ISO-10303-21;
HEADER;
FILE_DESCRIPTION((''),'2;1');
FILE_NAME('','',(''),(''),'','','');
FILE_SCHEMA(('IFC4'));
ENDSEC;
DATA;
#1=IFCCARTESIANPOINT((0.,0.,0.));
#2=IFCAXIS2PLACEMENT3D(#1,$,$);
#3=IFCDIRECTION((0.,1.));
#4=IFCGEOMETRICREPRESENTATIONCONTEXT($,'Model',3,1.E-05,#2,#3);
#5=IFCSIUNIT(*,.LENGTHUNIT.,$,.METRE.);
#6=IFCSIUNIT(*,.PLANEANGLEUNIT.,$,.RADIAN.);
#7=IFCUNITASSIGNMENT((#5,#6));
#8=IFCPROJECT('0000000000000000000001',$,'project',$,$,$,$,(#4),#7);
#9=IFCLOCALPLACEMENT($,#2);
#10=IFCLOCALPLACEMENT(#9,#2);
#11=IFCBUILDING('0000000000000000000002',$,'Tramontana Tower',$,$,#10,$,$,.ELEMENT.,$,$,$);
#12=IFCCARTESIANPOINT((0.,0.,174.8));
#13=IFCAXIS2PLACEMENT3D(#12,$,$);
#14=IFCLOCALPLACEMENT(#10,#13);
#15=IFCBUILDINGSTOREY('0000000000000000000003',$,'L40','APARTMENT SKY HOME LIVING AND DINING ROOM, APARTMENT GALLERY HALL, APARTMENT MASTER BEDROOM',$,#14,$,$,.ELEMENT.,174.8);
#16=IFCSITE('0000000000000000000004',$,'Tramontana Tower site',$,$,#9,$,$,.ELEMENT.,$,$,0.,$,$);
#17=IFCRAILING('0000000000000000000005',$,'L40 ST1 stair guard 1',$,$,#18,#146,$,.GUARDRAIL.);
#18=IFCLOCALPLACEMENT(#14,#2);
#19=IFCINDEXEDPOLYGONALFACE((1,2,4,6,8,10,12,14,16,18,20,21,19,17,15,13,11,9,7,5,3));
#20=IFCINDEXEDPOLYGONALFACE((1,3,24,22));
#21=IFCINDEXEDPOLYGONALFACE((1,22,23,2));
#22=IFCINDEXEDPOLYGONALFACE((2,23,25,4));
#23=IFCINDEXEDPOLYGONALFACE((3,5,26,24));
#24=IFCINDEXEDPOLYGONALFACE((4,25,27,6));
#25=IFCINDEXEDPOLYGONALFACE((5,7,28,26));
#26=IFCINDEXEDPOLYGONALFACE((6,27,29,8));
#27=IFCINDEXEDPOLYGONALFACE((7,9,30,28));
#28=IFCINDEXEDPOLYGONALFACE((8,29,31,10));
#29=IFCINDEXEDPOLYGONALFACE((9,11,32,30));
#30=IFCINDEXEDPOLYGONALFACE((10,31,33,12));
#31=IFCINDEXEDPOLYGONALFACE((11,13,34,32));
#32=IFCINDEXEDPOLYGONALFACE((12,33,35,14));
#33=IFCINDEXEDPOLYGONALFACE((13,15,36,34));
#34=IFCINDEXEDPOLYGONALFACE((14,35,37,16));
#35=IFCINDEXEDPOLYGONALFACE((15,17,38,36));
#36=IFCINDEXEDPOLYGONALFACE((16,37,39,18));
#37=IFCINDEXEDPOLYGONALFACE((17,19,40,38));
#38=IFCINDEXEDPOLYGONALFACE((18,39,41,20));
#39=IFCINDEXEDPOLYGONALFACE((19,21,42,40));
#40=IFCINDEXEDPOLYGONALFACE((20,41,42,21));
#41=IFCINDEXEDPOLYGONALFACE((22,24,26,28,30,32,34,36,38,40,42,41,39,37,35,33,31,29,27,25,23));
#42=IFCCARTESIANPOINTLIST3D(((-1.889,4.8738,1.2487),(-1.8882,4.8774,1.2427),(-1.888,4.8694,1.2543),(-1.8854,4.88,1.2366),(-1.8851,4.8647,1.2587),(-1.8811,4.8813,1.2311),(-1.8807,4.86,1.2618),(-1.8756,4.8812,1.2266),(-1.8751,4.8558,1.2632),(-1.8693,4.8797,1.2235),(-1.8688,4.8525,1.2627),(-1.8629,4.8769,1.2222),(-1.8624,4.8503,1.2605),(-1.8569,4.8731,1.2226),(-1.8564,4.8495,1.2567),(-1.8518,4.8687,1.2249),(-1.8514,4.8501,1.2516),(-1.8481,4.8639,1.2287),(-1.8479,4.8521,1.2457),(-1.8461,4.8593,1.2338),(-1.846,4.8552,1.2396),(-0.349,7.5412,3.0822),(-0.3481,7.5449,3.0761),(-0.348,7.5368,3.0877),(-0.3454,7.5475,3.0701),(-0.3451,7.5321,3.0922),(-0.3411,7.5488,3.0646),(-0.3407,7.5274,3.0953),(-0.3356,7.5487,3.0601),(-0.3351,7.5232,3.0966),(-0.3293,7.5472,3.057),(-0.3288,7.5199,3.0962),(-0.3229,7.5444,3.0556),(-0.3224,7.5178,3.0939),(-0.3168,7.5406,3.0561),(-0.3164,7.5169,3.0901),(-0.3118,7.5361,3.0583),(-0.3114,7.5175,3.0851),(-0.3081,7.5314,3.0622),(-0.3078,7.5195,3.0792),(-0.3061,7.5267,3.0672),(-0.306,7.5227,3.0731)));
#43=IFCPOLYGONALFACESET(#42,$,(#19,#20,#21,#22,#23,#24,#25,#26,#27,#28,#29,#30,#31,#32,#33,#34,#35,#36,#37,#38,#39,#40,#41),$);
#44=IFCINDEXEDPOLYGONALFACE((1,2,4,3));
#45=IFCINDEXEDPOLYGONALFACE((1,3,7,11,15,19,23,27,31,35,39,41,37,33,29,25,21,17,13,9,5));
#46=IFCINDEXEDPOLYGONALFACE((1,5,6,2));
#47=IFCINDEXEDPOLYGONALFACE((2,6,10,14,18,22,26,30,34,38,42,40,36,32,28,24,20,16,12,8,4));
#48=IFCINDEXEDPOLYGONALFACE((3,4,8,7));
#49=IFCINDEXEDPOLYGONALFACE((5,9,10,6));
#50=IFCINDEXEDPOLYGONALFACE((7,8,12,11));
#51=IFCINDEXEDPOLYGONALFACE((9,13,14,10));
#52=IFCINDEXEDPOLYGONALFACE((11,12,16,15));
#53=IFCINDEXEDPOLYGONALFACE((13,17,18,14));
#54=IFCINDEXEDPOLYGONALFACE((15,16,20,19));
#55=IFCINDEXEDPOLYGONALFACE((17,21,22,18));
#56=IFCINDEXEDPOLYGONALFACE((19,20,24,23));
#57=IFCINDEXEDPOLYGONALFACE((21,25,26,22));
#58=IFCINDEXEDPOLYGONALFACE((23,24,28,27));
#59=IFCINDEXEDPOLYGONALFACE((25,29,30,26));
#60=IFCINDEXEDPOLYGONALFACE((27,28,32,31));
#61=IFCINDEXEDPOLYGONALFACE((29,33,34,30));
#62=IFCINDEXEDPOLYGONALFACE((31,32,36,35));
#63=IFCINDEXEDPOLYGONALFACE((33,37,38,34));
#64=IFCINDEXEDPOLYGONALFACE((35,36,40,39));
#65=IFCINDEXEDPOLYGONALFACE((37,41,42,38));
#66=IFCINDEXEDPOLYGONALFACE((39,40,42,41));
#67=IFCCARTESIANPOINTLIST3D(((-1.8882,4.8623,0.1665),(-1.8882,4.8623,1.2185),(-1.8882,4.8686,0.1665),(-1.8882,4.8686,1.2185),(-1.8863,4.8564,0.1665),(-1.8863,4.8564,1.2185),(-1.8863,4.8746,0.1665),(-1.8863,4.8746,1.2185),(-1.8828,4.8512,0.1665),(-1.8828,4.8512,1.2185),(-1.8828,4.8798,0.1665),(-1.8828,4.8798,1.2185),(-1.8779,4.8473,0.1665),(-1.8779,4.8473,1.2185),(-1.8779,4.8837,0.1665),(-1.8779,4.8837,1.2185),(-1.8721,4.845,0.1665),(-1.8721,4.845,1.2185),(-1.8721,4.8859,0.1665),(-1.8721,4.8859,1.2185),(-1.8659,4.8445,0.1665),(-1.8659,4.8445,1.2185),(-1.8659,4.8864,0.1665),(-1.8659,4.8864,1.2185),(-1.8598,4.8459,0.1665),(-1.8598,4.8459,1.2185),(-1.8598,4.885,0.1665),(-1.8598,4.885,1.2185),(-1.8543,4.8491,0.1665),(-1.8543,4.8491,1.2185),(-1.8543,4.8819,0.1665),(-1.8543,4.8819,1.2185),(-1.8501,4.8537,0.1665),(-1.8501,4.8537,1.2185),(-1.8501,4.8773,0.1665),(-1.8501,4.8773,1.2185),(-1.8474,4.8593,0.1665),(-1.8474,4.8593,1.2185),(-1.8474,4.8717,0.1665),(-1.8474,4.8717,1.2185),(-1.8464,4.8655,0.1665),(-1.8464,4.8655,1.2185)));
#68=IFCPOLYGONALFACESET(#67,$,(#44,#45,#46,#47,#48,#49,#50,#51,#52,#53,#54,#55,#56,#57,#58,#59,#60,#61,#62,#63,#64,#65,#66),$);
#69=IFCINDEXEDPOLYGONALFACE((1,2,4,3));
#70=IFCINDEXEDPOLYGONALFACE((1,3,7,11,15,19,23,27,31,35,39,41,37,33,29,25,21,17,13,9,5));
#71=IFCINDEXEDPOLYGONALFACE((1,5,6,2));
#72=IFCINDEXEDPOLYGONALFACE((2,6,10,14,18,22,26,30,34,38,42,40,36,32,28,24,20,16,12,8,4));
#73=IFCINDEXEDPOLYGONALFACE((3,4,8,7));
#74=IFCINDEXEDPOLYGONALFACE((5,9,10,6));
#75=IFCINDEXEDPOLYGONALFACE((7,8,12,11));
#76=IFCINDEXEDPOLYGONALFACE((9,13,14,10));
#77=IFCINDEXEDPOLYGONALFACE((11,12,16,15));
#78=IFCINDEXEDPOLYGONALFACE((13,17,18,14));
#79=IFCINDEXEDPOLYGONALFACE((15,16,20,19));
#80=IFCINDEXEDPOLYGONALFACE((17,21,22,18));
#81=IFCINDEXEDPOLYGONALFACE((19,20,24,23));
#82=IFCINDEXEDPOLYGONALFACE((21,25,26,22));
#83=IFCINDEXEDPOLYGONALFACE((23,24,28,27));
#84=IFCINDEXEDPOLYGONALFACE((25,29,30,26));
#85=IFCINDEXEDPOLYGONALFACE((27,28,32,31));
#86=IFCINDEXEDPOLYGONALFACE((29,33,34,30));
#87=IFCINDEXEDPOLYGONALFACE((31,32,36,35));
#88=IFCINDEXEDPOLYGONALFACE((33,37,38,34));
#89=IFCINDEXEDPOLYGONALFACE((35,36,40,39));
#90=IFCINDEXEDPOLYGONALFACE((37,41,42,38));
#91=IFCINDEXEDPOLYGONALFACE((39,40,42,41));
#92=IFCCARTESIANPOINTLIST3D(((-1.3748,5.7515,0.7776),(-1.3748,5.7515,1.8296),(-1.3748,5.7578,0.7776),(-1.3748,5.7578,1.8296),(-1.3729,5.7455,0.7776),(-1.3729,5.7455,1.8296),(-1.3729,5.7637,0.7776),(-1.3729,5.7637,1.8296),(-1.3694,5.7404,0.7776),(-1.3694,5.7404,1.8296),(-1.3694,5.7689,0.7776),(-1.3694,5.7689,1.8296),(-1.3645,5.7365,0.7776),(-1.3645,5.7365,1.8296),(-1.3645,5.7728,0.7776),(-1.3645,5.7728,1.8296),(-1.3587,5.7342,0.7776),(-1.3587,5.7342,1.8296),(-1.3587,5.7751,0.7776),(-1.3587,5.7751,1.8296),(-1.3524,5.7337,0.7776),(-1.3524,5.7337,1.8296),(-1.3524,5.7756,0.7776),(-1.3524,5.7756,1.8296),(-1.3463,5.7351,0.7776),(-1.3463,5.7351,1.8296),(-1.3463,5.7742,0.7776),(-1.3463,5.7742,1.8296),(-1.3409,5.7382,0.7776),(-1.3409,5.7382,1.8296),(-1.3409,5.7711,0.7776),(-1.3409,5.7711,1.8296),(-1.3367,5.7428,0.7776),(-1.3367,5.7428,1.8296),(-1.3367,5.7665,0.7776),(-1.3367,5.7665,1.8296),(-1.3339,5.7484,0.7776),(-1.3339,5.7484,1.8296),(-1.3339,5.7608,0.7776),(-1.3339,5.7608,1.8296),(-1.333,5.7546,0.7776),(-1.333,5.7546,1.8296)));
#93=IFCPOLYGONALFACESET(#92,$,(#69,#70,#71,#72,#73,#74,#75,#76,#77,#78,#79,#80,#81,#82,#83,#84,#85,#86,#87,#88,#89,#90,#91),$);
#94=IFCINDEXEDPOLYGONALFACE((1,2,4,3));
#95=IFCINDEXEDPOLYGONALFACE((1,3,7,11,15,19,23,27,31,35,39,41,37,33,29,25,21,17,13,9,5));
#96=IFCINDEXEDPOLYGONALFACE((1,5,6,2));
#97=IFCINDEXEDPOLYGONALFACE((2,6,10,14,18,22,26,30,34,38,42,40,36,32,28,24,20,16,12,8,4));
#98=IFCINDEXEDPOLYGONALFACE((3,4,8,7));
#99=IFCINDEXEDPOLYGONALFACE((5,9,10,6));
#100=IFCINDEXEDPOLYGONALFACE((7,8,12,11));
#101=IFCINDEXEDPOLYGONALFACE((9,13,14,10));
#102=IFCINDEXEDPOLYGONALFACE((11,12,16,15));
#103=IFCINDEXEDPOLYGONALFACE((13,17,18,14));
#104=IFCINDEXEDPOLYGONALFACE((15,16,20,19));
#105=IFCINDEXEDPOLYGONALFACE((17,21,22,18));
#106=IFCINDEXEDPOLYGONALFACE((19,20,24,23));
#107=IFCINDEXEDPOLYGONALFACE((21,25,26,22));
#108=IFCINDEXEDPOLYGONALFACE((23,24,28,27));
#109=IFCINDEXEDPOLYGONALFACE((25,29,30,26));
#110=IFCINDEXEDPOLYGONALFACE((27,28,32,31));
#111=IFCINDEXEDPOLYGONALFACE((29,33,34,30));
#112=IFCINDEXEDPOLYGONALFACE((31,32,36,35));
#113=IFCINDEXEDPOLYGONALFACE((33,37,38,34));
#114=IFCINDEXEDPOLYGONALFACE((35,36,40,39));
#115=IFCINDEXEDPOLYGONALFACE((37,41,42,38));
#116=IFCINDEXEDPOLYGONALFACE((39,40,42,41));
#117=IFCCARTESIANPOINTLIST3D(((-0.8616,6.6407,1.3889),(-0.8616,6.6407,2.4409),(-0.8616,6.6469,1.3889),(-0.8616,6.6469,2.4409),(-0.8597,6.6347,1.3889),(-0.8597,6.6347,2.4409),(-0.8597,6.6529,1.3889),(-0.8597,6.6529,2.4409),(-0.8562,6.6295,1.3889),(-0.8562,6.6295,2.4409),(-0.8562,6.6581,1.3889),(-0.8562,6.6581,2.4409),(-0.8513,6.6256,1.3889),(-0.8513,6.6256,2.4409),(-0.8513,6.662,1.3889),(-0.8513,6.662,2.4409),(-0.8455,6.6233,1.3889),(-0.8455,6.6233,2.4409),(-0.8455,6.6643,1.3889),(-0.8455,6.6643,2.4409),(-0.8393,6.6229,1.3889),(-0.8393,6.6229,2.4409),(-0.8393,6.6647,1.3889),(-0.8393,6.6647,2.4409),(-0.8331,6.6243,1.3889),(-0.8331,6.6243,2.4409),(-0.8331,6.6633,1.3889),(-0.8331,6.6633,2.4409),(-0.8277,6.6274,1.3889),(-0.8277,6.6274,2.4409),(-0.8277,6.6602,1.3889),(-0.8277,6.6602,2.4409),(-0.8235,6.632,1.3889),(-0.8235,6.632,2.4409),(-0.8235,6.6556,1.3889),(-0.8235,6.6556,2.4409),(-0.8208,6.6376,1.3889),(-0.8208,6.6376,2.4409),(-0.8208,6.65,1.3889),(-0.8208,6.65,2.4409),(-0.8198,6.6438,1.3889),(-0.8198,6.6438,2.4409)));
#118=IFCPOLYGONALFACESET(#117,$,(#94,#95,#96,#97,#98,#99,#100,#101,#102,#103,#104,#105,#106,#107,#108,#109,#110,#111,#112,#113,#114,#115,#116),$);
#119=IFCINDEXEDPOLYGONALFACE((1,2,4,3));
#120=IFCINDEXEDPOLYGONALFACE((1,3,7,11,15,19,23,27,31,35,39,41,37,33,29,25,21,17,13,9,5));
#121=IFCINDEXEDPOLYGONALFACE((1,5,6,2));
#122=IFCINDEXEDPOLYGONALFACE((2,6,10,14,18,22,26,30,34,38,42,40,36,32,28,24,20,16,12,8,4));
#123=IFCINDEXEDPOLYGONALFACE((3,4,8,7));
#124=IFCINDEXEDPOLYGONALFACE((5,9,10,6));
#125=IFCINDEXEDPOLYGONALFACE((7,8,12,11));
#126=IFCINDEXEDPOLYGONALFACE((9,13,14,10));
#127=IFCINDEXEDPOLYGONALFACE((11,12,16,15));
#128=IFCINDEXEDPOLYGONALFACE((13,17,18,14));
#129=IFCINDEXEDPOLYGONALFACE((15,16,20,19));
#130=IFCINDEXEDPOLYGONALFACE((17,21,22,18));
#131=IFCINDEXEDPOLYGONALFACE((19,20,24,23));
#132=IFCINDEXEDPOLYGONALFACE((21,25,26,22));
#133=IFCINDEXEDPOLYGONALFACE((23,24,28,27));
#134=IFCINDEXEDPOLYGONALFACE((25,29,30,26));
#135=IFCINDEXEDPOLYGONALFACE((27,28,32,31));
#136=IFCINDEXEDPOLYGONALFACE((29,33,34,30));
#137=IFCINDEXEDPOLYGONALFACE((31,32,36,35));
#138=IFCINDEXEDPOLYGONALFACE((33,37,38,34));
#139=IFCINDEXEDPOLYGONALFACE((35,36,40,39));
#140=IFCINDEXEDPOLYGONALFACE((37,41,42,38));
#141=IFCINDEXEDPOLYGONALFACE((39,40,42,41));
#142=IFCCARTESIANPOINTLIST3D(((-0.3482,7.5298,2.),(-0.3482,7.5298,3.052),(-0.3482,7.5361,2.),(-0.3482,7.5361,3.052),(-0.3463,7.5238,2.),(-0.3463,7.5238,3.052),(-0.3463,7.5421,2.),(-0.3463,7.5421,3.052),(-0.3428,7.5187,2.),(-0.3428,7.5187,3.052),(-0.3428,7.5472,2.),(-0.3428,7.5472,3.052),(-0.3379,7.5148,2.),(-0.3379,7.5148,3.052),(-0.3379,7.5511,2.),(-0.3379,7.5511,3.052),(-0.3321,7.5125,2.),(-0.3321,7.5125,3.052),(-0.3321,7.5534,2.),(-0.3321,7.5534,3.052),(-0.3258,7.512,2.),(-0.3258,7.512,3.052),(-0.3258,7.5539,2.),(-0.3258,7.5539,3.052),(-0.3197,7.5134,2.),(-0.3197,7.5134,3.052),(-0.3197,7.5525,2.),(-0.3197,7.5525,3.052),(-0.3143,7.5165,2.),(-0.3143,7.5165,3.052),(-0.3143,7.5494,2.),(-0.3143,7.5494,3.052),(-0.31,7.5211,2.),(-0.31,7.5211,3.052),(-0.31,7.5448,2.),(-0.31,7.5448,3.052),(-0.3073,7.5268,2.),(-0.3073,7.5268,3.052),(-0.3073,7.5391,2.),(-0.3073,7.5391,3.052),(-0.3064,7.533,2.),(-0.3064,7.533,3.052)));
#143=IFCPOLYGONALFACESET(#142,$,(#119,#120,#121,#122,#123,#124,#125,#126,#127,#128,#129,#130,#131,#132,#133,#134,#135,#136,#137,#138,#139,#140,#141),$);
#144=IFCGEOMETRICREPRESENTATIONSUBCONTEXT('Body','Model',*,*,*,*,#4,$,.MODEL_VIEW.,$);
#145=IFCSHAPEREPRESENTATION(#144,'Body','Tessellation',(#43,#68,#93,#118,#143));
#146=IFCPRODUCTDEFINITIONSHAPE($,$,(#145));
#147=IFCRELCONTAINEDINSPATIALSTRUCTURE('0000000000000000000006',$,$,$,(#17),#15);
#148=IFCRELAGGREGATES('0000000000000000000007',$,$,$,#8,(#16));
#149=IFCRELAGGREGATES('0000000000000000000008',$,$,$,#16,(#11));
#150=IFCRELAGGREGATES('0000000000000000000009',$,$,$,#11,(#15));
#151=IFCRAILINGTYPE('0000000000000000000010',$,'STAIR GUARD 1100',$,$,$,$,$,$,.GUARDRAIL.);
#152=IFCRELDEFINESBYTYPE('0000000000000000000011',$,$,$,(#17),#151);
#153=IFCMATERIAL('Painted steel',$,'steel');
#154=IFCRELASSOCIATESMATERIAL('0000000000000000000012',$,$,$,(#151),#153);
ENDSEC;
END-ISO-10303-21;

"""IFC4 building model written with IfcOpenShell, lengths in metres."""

from ifc_helpers import new_model, si_unit, direction, frame, origin, origin_2d, place, context, subcontext, project, spatial, circle, extrude, material, type_object, element, save


model = new_model("IFC4")

# Units and contexts
model_context = context("Model", 3, precision=1e-05, world=origin(), true_north=direction((0.0, 1.0)))
body_context = subcontext(model_context, "Body", "Model", "MODEL_VIEW")
ifc_project = project(units=[si_unit("LENGTHUNIT", "METRE"), si_unit("PLANEANGLEUNIT", "RADIAN")], contexts=[model_context])

# Site, building, storey
site_placement = place(None, origin())
site = spatial("IfcSite", under=ifc_project, at=site_placement, Name="Tramontana Tower site", CompositionType="ELEMENT", RefElevation=0.0)
building_placement = place(site_placement, origin())
building = spatial("IfcBuilding", under=site, at=building_placement, Name="Tramontana Tower", CompositionType="ELEMENT")
storey_placement = place(building_placement, frame((0.0, 0.0, 174.8)))
storey = spatial("IfcBuildingStorey", under=building, at=storey_placement, Name="L40", Description="APARTMENT SKY HOME LIVING AND DINING ROOM, APARTMENT GALLERY HALL, APARTMENT MASTER BEDROOM", CompositionType="ELEMENT", Elevation=174.8)

# Railing
ifc_material_1 = material(Name="Painted steel", Category="steel")
railing_type_1 = type_object("IfcRailingType", Name="STAIR GUARD 1100", PredefinedType="GUARDRAIL", material=ifc_material_1)
railing_1_placement = place(storey_placement, frame((-1.8674, 4.8655, 0.1665)))
element("IfcRailing", 1, at=railing_1_placement, inside=storey, type_object=railing_type_1, Name="L40 ST1 stair guard 1", PredefinedType="GUARDRAIL", context=body_context, shape_type="SweptSolid", body=[
    extrude(circle(Radius=0.0239, at=origin_2d()), frame((0.0, 0.0, 1.0762), z_axis=(0.429634, 0.744164, 0.511502), x_axis=(-0.86603, 0.499992, 0.0)), (0.0, 0.0, 1.0), 3.5845),
    extrude(circle(Radius=0.021, at=origin_2d()), origin(), (0.0, 0.0, 1.0), 1.052),
    extrude(circle(Radius=0.021, at=origin_2d()), frame((0.5134, 0.8892, 0.6111)), (0.0, 0.0, 1.0), 1.052),
    extrude(circle(Radius=0.021, at=origin_2d()), frame((1.0266, 1.7783, 1.2224)), (0.0, 0.0, 1.0), 1.052),
    extrude(circle(Radius=0.021, at=origin_2d()), frame((1.54, 2.6675, 1.8335)), (0.0, 0.0, 1.0), 1.052),
])

save(model, "model.ifc")
